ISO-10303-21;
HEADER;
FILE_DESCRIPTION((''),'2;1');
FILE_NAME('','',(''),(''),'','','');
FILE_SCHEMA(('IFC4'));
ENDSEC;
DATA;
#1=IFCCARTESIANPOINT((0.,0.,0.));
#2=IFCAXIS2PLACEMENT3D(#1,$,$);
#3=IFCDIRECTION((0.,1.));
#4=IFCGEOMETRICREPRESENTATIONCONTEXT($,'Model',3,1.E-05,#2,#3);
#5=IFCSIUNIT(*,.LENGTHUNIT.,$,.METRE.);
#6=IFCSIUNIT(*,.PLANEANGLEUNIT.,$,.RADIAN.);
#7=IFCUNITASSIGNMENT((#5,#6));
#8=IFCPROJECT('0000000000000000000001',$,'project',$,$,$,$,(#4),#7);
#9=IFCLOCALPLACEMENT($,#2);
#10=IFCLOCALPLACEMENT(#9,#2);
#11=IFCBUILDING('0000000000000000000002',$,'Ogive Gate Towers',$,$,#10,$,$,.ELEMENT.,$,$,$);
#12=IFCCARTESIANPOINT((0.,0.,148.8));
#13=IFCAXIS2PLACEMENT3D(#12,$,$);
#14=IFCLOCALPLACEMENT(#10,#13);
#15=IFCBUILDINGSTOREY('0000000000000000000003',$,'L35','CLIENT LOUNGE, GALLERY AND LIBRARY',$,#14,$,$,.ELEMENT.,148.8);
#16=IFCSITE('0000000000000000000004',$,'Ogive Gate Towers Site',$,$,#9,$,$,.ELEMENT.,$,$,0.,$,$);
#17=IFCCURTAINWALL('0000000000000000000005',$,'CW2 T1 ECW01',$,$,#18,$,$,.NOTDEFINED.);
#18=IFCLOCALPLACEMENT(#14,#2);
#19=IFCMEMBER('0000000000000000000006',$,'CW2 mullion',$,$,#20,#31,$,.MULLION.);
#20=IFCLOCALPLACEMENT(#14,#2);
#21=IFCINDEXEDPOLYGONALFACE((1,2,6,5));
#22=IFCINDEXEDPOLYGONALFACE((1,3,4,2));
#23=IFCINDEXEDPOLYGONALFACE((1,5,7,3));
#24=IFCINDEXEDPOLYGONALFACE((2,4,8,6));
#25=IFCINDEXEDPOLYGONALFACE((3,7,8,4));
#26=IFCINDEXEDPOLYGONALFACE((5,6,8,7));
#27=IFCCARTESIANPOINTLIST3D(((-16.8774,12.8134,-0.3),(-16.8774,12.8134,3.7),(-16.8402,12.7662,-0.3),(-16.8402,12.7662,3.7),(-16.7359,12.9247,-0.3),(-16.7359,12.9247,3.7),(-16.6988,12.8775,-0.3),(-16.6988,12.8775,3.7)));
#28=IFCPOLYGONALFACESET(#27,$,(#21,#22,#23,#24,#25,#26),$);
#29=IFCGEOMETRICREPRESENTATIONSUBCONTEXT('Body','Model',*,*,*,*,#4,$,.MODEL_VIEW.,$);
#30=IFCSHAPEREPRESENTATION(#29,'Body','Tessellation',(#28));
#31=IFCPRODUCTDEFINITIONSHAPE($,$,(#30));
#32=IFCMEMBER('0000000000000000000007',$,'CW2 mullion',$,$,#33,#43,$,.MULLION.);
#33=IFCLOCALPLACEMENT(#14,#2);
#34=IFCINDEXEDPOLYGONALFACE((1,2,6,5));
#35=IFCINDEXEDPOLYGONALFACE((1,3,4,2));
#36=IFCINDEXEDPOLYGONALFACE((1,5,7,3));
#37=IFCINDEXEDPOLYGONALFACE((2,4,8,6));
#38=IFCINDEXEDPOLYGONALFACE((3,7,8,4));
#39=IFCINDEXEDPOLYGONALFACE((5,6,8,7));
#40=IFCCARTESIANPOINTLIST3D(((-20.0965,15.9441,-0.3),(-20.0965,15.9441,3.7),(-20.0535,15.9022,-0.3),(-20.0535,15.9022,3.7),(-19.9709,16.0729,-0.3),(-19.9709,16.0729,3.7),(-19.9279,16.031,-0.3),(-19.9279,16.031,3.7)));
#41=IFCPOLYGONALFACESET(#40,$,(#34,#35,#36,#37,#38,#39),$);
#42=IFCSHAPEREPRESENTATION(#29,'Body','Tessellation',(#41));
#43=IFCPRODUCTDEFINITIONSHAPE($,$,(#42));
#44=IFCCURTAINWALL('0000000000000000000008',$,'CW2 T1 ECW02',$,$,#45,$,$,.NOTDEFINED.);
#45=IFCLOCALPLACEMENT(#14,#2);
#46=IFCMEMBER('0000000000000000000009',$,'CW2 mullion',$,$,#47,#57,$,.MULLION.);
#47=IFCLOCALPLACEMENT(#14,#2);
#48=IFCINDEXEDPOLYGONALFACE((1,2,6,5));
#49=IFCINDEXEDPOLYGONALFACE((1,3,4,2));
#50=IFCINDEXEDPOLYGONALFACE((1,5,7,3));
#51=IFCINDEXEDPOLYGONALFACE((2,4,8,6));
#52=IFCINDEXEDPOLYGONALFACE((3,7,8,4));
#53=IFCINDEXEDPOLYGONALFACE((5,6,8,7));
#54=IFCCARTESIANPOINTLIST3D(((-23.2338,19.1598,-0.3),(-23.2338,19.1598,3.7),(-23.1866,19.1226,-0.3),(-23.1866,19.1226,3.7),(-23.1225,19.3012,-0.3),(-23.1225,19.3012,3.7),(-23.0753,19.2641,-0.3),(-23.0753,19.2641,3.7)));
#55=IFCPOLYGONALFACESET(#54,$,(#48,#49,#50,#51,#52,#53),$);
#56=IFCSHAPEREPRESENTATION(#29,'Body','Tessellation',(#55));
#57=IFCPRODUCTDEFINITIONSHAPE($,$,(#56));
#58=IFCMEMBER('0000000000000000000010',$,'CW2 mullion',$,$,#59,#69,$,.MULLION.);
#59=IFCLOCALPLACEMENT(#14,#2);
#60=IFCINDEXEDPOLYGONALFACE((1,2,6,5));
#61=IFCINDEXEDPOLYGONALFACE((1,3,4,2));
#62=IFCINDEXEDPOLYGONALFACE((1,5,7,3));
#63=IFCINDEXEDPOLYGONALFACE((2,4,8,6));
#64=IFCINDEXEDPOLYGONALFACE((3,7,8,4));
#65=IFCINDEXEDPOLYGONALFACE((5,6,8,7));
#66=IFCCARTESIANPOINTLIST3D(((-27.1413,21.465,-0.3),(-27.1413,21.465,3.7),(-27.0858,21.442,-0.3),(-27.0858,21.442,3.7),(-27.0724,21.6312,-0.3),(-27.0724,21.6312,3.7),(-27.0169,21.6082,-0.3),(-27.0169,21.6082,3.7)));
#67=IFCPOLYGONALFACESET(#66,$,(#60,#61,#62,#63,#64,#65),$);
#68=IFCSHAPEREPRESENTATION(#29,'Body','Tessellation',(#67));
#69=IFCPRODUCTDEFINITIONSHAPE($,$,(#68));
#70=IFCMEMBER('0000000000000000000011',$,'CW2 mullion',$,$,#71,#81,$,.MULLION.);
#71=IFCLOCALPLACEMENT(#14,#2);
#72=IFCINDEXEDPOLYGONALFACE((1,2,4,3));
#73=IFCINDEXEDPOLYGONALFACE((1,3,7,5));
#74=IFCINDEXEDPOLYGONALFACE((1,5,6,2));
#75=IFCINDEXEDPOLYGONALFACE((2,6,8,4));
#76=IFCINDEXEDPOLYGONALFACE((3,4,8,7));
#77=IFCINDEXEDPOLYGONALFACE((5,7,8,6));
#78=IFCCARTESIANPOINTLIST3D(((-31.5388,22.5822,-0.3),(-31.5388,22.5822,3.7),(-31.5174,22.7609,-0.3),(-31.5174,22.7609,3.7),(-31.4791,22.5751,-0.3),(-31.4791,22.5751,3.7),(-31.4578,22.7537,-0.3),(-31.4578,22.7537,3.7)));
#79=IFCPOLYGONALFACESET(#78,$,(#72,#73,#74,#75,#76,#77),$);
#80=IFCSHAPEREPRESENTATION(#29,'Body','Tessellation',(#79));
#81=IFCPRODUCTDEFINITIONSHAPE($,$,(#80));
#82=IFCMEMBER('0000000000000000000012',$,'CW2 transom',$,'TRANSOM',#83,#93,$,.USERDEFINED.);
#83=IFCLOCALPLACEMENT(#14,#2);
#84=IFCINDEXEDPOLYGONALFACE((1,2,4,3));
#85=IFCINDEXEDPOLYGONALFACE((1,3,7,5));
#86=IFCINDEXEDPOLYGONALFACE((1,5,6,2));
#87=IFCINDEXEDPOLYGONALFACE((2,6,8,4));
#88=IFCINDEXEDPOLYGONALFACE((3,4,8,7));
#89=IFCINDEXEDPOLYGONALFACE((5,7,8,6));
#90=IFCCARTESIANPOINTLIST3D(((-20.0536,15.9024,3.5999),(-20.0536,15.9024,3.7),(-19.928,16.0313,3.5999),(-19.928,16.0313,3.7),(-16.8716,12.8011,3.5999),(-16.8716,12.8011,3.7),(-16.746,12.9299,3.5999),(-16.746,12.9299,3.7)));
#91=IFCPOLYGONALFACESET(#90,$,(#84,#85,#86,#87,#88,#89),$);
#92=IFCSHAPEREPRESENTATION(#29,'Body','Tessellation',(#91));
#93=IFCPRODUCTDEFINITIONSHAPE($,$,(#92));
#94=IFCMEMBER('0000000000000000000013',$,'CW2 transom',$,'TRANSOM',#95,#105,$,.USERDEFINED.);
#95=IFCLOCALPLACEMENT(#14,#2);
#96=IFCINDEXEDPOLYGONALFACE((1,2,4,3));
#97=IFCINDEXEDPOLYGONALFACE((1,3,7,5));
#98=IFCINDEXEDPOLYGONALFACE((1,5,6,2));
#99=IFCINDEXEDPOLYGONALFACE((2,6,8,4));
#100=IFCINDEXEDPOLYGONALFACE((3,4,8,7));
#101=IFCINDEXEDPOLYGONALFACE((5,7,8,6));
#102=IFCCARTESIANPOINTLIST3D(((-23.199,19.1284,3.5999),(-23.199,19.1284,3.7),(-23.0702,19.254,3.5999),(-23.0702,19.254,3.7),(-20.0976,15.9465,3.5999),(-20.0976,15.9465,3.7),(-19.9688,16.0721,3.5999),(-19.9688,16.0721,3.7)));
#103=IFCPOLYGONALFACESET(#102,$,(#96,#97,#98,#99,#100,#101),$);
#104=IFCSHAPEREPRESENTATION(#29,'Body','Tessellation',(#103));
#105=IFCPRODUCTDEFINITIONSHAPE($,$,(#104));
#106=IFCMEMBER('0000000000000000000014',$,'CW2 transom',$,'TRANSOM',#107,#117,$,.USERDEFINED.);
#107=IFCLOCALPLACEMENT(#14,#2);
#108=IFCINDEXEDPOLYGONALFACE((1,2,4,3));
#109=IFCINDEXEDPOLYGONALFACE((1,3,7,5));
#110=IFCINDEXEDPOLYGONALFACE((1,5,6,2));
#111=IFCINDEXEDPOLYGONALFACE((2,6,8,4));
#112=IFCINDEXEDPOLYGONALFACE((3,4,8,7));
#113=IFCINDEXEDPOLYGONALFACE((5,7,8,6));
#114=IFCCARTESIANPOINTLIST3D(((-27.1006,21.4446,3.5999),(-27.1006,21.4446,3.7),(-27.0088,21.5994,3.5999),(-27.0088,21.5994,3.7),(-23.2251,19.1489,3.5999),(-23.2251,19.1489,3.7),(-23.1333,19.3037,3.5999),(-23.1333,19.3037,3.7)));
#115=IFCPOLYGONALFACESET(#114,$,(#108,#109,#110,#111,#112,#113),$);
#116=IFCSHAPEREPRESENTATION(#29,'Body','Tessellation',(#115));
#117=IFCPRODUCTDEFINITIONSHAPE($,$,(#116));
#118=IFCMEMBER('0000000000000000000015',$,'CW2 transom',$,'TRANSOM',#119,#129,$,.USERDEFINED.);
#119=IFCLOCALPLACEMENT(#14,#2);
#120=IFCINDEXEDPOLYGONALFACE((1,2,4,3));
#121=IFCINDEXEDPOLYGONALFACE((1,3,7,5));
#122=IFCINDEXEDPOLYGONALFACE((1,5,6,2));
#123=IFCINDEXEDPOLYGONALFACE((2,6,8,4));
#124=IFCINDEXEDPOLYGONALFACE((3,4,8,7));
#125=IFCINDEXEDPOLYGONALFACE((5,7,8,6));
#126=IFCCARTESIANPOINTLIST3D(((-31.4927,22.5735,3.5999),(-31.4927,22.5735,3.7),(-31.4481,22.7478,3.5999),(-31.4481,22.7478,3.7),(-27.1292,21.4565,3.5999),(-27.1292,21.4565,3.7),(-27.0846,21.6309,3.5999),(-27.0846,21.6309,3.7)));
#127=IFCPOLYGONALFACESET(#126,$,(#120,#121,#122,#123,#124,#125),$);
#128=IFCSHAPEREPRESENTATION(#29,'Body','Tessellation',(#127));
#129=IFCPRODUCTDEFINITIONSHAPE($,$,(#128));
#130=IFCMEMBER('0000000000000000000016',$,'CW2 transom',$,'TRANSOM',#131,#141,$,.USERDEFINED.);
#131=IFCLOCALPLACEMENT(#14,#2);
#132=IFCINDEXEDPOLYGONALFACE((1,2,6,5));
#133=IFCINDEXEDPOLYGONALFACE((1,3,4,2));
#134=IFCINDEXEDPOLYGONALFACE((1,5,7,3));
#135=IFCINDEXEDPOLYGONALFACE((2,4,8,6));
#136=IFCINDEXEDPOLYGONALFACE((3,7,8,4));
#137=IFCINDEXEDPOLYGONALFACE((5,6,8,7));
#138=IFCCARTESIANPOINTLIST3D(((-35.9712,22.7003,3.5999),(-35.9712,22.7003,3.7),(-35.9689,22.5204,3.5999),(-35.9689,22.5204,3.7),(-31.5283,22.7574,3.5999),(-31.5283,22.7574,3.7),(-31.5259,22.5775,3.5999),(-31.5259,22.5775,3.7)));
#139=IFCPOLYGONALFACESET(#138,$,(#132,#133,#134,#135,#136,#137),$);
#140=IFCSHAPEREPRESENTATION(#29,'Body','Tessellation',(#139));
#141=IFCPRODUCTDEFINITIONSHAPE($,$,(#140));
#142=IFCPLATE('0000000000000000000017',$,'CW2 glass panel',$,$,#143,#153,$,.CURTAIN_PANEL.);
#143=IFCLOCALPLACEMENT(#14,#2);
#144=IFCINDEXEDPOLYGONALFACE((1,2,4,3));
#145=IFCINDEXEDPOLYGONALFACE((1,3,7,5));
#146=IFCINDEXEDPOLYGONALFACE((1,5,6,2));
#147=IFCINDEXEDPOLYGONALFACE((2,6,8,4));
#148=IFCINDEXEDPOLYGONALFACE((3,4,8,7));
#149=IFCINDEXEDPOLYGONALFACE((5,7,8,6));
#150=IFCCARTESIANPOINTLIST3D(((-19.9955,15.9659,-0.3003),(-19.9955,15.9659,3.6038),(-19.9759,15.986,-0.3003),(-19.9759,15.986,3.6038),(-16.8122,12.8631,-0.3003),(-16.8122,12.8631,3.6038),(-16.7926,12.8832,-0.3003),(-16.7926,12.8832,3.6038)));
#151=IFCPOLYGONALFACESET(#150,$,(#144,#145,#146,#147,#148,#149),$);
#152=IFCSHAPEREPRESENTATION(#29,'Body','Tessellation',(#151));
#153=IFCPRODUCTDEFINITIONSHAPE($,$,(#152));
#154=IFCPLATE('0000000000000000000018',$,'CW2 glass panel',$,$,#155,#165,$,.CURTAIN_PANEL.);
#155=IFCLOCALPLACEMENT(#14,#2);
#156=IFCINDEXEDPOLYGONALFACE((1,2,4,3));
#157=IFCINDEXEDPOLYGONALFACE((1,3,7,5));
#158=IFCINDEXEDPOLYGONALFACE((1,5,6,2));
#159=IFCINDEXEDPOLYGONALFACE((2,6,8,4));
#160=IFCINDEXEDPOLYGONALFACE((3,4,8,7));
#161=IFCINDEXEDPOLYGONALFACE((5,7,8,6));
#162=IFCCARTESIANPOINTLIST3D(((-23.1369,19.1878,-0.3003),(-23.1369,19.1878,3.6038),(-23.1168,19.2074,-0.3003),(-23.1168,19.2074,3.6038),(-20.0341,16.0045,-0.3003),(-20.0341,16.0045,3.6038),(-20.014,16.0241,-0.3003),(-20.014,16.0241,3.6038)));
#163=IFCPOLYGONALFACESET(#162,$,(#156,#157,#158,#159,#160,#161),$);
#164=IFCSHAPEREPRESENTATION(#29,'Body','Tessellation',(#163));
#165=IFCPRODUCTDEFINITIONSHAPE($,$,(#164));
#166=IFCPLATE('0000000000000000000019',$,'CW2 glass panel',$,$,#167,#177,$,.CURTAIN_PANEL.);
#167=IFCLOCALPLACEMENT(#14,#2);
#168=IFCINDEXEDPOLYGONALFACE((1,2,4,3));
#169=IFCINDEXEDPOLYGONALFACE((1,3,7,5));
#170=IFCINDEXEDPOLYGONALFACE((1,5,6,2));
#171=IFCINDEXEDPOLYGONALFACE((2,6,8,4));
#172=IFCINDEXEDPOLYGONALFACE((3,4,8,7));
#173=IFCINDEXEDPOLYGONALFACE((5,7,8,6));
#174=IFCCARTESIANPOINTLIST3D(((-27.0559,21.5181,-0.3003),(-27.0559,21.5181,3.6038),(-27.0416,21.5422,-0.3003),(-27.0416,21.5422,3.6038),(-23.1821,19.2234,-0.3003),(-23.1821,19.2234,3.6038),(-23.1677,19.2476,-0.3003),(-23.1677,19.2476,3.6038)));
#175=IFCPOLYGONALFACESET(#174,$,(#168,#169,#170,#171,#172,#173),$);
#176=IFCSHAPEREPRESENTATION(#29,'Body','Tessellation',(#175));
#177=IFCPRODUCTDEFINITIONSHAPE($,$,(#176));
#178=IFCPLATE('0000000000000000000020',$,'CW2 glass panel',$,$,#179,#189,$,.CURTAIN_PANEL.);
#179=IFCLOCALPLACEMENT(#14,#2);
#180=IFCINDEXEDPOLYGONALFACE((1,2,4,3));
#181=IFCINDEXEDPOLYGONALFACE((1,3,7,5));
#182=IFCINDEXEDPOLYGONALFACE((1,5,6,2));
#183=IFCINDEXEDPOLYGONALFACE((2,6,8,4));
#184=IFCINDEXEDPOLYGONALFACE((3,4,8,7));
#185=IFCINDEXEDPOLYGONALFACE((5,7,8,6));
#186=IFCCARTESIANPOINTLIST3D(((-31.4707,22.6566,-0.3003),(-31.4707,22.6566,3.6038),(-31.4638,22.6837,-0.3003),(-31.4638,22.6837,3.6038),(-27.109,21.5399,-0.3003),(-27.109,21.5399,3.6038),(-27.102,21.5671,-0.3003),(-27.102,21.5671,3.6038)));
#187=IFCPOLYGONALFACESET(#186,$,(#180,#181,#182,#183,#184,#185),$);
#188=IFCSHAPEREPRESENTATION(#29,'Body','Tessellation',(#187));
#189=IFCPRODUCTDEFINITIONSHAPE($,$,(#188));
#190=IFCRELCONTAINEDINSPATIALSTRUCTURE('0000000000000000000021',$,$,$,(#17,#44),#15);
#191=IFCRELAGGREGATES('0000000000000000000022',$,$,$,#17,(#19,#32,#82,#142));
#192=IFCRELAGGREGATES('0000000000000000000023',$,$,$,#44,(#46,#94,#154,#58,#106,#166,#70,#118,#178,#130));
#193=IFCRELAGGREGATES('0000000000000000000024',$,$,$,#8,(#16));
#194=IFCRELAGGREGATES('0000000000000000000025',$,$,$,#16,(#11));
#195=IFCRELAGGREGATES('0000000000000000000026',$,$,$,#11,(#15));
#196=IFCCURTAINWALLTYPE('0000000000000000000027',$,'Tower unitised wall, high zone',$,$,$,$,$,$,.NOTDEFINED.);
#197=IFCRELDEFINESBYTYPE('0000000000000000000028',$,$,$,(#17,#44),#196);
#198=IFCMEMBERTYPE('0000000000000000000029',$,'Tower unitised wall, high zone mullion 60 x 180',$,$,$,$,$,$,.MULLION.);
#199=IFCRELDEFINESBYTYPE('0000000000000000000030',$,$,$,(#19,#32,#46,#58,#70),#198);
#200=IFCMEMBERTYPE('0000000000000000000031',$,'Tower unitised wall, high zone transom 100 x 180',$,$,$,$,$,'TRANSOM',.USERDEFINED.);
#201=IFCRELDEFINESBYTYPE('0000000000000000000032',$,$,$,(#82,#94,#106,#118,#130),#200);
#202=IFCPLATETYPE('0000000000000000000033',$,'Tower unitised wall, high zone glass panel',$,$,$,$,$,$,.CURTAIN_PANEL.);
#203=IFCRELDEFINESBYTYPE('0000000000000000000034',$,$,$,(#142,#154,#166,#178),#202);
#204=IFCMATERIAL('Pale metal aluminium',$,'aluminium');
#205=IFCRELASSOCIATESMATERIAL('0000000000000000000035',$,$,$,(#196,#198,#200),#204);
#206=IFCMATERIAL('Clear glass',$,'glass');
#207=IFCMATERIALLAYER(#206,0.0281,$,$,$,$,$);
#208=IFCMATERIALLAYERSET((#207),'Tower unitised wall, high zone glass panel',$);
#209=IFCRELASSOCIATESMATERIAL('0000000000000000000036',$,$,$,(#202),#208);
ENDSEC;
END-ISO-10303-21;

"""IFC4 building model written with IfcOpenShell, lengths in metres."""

from ifc_helpers import new_model, si_unit, direction, frame, origin, origin_2d, place, context, subcontext, project, spatial, rectangle, extrude, material, layer, layer_set, material_profile, profile_set, type_object, element, aggregate, save


model = new_model("IFC4")

# Units and contexts
model_context = context("Model", 3, precision=1e-05, world=origin(), true_north=direction((0.0, 1.0)))
body_context = subcontext(model_context, "Body", "Model", "MODEL_VIEW")
ifc_project = project(units=[si_unit("LENGTHUNIT", "METRE"), si_unit("PLANEANGLEUNIT", "RADIAN")], contexts=[model_context])

# Site, building, storey
site_placement = place(None, origin())
site = spatial("IfcSite", under=ifc_project, at=site_placement, Name="Ogive Gate Towers Site", CompositionType="ELEMENT", RefElevation=0.0)
building_placement = place(site_placement, origin())
building = spatial("IfcBuilding", under=site, at=building_placement, Name="Ogive Gate Towers", CompositionType="ELEMENT")
storey_placement = place(building_placement, frame((0.0, 0.0, 148.8)))
storey = spatial("IfcBuildingStorey", under=building, at=storey_placement, Name="L35", Description="CLIENT LOUNGE, GALLERY AND LIBRARY", CompositionType="ELEMENT", Elevation=148.8)

# Curtain walls, members
ifc_material_1 = material(Name="Pale metal aluminium", Category="aluminium")
curtain_wall_type = type_object("IfcCurtainWallType", Name="Tower unitised wall, high zone", PredefinedType="NOTDEFINED", material=ifc_material_1)
curtain_wall_1_placement = place(storey_placement, origin())
curtain_wall_1 = element("IfcCurtainWall", 1, at=curtain_wall_1_placement, inside=storey, type_object=curtain_wall_type, Name="CW2 T1 ECW01", PredefinedType="NOTDEFINED")
ifc_material_profile_1 = material_profile(ifc_material_1, rectangle(XDim=0.1799, YDim=0.0601, at=origin_2d()), Name="60 x 180 aluminium box")
ifc_profile_set_1 = profile_set([ifc_material_profile_1], Name="Pale metal aluminium")
member_type_1 = type_object("IfcMemberType", Name="Tower unitised wall, high zone mullion 60 x 180", PredefinedType="MULLION", material=ifc_profile_set_1)
member_1_placement = place(storey_placement, frame((-16.7881, 12.8455, -0.3), z_axis=(0.0, 0.0, 1.0), x_axis=(0.785997, 0.61823, 0.0)))
member_1 = element("IfcMember", 2, at=member_1_placement, type_object=member_type_1, Name="CW2 mullion", PredefinedType="MULLION", context=body_context, shape_type="SweptSolid", body=[
    extrude(rectangle(XDim=0.1799, YDim=0.0601, at=origin_2d()), origin(), (0.0, 0.0, 1.0), 4.0),
])
member_2_placement = place(storey_placement, frame((-20.0122, 15.9875, -0.3), z_axis=(0.0, 0.0, 1.0), x_axis=(0.697978, 0.716119, 0.0)))
member_2 = element("IfcMember", 3, at=member_2_placement, type_object=member_type_1, Name="CW2 mullion", PredefinedType="MULLION", context=body_context, shape_type="SweptSolid", body=[
    extrude(rectangle(XDim=0.1799, YDim=0.0601, at=origin_2d()), origin(), (0.0, 0.0, 1.0), 4.0),
])
curtain_wall_2_placement = place(storey_placement, origin())
curtain_wall_2 = element("IfcCurtainWall", 4, at=curtain_wall_2_placement, inside=storey, type_object=curtain_wall_type, Name="CW2 T1 ECW02", PredefinedType="NOTDEFINED")
member_3_placement = place(storey_placement, frame((-23.1545, 19.2119, -0.3), z_axis=(0.0, 0.0, 1.0), x_axis=(0.61823, 0.785997, 0.0)))
member_3 = element("IfcMember", 5, at=member_3_placement, type_object=member_type_1, Name="CW2 mullion", PredefinedType="MULLION", context=body_context, shape_type="SweptSolid", body=[
    extrude(rectangle(XDim=0.1799, YDim=0.0601, at=origin_2d()), origin(), (0.0, 0.0, 1.0), 4.0),
])
member_4_placement = place(storey_placement, frame((-27.0791, 21.5366, -0.3), z_axis=(0.0, 0.0, 1.0), x_axis=(0.382683, 0.92388, 0.0)))
member_4 = element("IfcMember", 6, at=member_4_placement, type_object=member_type_1, Name="CW2 mullion", PredefinedType="MULLION", context=body_context, shape_type="SweptSolid", body=[
    extrude(rectangle(XDim=0.1799, YDim=0.0601, at=origin_2d()), origin(), (0.0, 0.0, 1.0), 4.0),
])
member_5_placement = place(storey_placement, frame((-31.4983, 22.668, -0.3), z_axis=(0.0, 0.0, 1.0), x_axis=(0.118612, 0.992941, 0.0)))
member_5 = element("IfcMember", 7, at=member_5_placement, type_object=member_type_1, Name="CW2 mullion", PredefinedType="MULLION", context=body_context, shape_type="SweptSolid", body=[
    extrude(rectangle(XDim=0.1799, YDim=0.0601, at=origin_2d()), origin(), (0.0, 0.0, 1.0), 4.0),
])

# Members
ifc_material_profile_2 = material_profile(ifc_material_1, rectangle(XDim=0.1799, YDim=0.1001, at=origin_2d()), Name="100 x 180 aluminium box")
ifc_profile_set_2 = profile_set([ifc_material_profile_2], Name="Pale metal aluminium")
member_type_2 = type_object("IfcMemberType", Name="Tower unitised wall, high zone transom 100 x 180", ElementType="TRANSOM", PredefinedType="USERDEFINED", material=ifc_profile_set_2)
member_6_placement = place(storey_placement, frame((-16.8088, 12.8655, 3.6499), z_axis=(-0.716115, 0.697983, 0.0), x_axis=(-0.697983, -0.716115, 0.0)))
member_6 = element("IfcMember", 8, at=member_6_placement, type_object=member_type_2, Name="CW2 transom", ObjectType="TRANSOM", PredefinedType="USERDEFINED", context=body_context, shape_type="SweptSolid", body=[
    extrude(rectangle(XDim=0.1799, YDim=0.1001, at=origin_2d()), origin(), (0.0, 0.0, 1.0), 4.4434),
])
member_7_placement = place(storey_placement, frame((-20.0332, 16.0093, 3.6499), z_axis=(-0.697983, 0.716115, 0.0), x_axis=(-0.716115, -0.697983, 0.0)))
member_7 = element("IfcMember", 9, at=member_7_placement, type_object=member_type_2, Name="CW2 transom", ObjectType="TRANSOM", PredefinedType="USERDEFINED", context=body_context, shape_type="SweptSolid", body=[
    extrude(rectangle(XDim=0.1799, YDim=0.1001, at=origin_2d()), origin(), (0.0, 0.0, 1.0), 4.4434),
])
member_8_placement = place(storey_placement, frame((-23.1792, 19.2263, 3.6499), z_axis=(-0.860382, 0.509649, 0.0), x_axis=(-0.509649, -0.860382, 0.0)))
member_8 = element("IfcMember", 10, at=member_8_placement, type_object=member_type_2, Name="CW2 transom", ObjectType="TRANSOM", PredefinedType="USERDEFINED", context=body_context, shape_type="SweptSolid", body=[
    extrude(rectangle(XDim=0.1799, YDim=0.1001, at=origin_2d()), origin(), (0.0, 0.0, 1.0), 4.5044),
])
member_9_placement = place(storey_placement, frame((-27.1069, 21.5437, 3.6499), z_axis=(-0.968766, 0.247978, 0.0), x_axis=(-0.247978, -0.968766, 0.0)))
member_9 = element("IfcMember", 11, at=member_9_placement, type_object=member_type_2, Name="CW2 transom", ObjectType="TRANSOM", PredefinedType="USERDEFINED", context=body_context, shape_type="SweptSolid", body=[
    extrude(rectangle(XDim=0.1799, YDim=0.1001, at=origin_2d()), origin(), (0.0, 0.0, 1.0), 4.5042),
])
member_10_placement = place(storey_placement, frame((-31.5271, 22.6675, 3.6499), z_axis=(-0.999917, -0.012857, 0.0), x_axis=(0.012857, -0.999917, 0.0)))
member_10 = element("IfcMember", 12, at=member_10_placement, type_object=member_type_2, Name="CW2 transom", ObjectType="TRANSOM", PredefinedType="USERDEFINED", context=body_context, shape_type="SweptSolid", body=[
    extrude(rectangle(XDim=0.1799, YDim=0.1001, at=origin_2d()), origin(), (0.0, 0.0, 1.0), 4.4434),
])

# Plates
ifc_material_2 = material(Name="Clear glass", Category="glass")
ifc_layer_1 = layer(ifc_material_2, 0.0281)
ifc_layer_set_1 = layer_set([ifc_layer_1], Name="Tower unitised wall, high zone glass panel")
plate_type = type_object("IfcPlateType", Name="Tower unitised wall, high zone glass panel", PredefinedType="CURTAIN_PANEL", material=ifc_layer_set_1)
plate_1_placement = place(storey_placement, frame((-18.394, 14.4246, -0.3003), z_axis=(0.0, 0.0, 1.0), x_axis=(-0.716119, 0.697978, 0.0)))
plate_1 = element("IfcPlate", 13, at=plate_1_placement, type_object=plate_type, Name="CW2 glass panel", PredefinedType="CURTAIN_PANEL", context=body_context, shape_type="SweptSolid", body=[
    extrude(rectangle(XDim=4.4453, YDim=0.0281, at=origin_2d()), origin(), (0.0, 0.0, 1.0), 3.9041),
])
aggregate(curtain_wall_1, [member_1, member_2, member_6, plate_1])
plate_2_placement = place(storey_placement, frame((-21.5754, 17.606, -0.3003), z_axis=(0.0, 0.0, 1.0), x_axis=(-0.697978, 0.716119, 0.0)))
plate_2 = element("IfcPlate", 14, at=plate_2_placement, type_object=plate_type, Name="CW2 glass panel", PredefinedType="CURTAIN_PANEL", context=body_context, shape_type="SweptSolid", body=[
    extrude(rectangle(XDim=4.4453, YDim=0.0281, at=origin_2d()), origin(), (0.0, 0.0, 1.0), 3.9041),
])
plate_3_placement = place(storey_placement, frame((-25.1118, 20.3828, -0.3003), z_axis=(0.0, 0.0, 1.0), x_axis=(-0.860386, 0.509642, 0.0)))
plate_3 = element("IfcPlate", 15, at=plate_3_placement, type_object=plate_type, Name="CW2 glass panel", PredefinedType="CURTAIN_PANEL", context=body_context, shape_type="SweptSolid", body=[
    extrude(rectangle(XDim=4.5024, YDim=0.0281, at=origin_2d()), origin(), (0.0, 0.0, 1.0), 3.9041),
])
plate_4_placement = place(storey_placement, frame((-29.2864, 22.1118, -0.3003), z_axis=(0.0, 0.0, 1.0), x_axis=(-0.968757, 0.248014, 0.0)))
plate_4 = element("IfcPlate", 16, at=plate_4_placement, type_object=plate_type, Name="CW2 glass panel", PredefinedType="CURTAIN_PANEL", context=body_context, shape_type="SweptSolid", body=[
    extrude(rectangle(XDim=4.5024, YDim=0.0281, at=origin_2d()), origin(), (0.0, 0.0, 1.0), 3.9041),
])
aggregate(curtain_wall_2, [member_3, member_7, plate_2, member_4, member_8, plate_3, member_5, member_9, plate_4, member_10])

save(model, "model.ifc")
